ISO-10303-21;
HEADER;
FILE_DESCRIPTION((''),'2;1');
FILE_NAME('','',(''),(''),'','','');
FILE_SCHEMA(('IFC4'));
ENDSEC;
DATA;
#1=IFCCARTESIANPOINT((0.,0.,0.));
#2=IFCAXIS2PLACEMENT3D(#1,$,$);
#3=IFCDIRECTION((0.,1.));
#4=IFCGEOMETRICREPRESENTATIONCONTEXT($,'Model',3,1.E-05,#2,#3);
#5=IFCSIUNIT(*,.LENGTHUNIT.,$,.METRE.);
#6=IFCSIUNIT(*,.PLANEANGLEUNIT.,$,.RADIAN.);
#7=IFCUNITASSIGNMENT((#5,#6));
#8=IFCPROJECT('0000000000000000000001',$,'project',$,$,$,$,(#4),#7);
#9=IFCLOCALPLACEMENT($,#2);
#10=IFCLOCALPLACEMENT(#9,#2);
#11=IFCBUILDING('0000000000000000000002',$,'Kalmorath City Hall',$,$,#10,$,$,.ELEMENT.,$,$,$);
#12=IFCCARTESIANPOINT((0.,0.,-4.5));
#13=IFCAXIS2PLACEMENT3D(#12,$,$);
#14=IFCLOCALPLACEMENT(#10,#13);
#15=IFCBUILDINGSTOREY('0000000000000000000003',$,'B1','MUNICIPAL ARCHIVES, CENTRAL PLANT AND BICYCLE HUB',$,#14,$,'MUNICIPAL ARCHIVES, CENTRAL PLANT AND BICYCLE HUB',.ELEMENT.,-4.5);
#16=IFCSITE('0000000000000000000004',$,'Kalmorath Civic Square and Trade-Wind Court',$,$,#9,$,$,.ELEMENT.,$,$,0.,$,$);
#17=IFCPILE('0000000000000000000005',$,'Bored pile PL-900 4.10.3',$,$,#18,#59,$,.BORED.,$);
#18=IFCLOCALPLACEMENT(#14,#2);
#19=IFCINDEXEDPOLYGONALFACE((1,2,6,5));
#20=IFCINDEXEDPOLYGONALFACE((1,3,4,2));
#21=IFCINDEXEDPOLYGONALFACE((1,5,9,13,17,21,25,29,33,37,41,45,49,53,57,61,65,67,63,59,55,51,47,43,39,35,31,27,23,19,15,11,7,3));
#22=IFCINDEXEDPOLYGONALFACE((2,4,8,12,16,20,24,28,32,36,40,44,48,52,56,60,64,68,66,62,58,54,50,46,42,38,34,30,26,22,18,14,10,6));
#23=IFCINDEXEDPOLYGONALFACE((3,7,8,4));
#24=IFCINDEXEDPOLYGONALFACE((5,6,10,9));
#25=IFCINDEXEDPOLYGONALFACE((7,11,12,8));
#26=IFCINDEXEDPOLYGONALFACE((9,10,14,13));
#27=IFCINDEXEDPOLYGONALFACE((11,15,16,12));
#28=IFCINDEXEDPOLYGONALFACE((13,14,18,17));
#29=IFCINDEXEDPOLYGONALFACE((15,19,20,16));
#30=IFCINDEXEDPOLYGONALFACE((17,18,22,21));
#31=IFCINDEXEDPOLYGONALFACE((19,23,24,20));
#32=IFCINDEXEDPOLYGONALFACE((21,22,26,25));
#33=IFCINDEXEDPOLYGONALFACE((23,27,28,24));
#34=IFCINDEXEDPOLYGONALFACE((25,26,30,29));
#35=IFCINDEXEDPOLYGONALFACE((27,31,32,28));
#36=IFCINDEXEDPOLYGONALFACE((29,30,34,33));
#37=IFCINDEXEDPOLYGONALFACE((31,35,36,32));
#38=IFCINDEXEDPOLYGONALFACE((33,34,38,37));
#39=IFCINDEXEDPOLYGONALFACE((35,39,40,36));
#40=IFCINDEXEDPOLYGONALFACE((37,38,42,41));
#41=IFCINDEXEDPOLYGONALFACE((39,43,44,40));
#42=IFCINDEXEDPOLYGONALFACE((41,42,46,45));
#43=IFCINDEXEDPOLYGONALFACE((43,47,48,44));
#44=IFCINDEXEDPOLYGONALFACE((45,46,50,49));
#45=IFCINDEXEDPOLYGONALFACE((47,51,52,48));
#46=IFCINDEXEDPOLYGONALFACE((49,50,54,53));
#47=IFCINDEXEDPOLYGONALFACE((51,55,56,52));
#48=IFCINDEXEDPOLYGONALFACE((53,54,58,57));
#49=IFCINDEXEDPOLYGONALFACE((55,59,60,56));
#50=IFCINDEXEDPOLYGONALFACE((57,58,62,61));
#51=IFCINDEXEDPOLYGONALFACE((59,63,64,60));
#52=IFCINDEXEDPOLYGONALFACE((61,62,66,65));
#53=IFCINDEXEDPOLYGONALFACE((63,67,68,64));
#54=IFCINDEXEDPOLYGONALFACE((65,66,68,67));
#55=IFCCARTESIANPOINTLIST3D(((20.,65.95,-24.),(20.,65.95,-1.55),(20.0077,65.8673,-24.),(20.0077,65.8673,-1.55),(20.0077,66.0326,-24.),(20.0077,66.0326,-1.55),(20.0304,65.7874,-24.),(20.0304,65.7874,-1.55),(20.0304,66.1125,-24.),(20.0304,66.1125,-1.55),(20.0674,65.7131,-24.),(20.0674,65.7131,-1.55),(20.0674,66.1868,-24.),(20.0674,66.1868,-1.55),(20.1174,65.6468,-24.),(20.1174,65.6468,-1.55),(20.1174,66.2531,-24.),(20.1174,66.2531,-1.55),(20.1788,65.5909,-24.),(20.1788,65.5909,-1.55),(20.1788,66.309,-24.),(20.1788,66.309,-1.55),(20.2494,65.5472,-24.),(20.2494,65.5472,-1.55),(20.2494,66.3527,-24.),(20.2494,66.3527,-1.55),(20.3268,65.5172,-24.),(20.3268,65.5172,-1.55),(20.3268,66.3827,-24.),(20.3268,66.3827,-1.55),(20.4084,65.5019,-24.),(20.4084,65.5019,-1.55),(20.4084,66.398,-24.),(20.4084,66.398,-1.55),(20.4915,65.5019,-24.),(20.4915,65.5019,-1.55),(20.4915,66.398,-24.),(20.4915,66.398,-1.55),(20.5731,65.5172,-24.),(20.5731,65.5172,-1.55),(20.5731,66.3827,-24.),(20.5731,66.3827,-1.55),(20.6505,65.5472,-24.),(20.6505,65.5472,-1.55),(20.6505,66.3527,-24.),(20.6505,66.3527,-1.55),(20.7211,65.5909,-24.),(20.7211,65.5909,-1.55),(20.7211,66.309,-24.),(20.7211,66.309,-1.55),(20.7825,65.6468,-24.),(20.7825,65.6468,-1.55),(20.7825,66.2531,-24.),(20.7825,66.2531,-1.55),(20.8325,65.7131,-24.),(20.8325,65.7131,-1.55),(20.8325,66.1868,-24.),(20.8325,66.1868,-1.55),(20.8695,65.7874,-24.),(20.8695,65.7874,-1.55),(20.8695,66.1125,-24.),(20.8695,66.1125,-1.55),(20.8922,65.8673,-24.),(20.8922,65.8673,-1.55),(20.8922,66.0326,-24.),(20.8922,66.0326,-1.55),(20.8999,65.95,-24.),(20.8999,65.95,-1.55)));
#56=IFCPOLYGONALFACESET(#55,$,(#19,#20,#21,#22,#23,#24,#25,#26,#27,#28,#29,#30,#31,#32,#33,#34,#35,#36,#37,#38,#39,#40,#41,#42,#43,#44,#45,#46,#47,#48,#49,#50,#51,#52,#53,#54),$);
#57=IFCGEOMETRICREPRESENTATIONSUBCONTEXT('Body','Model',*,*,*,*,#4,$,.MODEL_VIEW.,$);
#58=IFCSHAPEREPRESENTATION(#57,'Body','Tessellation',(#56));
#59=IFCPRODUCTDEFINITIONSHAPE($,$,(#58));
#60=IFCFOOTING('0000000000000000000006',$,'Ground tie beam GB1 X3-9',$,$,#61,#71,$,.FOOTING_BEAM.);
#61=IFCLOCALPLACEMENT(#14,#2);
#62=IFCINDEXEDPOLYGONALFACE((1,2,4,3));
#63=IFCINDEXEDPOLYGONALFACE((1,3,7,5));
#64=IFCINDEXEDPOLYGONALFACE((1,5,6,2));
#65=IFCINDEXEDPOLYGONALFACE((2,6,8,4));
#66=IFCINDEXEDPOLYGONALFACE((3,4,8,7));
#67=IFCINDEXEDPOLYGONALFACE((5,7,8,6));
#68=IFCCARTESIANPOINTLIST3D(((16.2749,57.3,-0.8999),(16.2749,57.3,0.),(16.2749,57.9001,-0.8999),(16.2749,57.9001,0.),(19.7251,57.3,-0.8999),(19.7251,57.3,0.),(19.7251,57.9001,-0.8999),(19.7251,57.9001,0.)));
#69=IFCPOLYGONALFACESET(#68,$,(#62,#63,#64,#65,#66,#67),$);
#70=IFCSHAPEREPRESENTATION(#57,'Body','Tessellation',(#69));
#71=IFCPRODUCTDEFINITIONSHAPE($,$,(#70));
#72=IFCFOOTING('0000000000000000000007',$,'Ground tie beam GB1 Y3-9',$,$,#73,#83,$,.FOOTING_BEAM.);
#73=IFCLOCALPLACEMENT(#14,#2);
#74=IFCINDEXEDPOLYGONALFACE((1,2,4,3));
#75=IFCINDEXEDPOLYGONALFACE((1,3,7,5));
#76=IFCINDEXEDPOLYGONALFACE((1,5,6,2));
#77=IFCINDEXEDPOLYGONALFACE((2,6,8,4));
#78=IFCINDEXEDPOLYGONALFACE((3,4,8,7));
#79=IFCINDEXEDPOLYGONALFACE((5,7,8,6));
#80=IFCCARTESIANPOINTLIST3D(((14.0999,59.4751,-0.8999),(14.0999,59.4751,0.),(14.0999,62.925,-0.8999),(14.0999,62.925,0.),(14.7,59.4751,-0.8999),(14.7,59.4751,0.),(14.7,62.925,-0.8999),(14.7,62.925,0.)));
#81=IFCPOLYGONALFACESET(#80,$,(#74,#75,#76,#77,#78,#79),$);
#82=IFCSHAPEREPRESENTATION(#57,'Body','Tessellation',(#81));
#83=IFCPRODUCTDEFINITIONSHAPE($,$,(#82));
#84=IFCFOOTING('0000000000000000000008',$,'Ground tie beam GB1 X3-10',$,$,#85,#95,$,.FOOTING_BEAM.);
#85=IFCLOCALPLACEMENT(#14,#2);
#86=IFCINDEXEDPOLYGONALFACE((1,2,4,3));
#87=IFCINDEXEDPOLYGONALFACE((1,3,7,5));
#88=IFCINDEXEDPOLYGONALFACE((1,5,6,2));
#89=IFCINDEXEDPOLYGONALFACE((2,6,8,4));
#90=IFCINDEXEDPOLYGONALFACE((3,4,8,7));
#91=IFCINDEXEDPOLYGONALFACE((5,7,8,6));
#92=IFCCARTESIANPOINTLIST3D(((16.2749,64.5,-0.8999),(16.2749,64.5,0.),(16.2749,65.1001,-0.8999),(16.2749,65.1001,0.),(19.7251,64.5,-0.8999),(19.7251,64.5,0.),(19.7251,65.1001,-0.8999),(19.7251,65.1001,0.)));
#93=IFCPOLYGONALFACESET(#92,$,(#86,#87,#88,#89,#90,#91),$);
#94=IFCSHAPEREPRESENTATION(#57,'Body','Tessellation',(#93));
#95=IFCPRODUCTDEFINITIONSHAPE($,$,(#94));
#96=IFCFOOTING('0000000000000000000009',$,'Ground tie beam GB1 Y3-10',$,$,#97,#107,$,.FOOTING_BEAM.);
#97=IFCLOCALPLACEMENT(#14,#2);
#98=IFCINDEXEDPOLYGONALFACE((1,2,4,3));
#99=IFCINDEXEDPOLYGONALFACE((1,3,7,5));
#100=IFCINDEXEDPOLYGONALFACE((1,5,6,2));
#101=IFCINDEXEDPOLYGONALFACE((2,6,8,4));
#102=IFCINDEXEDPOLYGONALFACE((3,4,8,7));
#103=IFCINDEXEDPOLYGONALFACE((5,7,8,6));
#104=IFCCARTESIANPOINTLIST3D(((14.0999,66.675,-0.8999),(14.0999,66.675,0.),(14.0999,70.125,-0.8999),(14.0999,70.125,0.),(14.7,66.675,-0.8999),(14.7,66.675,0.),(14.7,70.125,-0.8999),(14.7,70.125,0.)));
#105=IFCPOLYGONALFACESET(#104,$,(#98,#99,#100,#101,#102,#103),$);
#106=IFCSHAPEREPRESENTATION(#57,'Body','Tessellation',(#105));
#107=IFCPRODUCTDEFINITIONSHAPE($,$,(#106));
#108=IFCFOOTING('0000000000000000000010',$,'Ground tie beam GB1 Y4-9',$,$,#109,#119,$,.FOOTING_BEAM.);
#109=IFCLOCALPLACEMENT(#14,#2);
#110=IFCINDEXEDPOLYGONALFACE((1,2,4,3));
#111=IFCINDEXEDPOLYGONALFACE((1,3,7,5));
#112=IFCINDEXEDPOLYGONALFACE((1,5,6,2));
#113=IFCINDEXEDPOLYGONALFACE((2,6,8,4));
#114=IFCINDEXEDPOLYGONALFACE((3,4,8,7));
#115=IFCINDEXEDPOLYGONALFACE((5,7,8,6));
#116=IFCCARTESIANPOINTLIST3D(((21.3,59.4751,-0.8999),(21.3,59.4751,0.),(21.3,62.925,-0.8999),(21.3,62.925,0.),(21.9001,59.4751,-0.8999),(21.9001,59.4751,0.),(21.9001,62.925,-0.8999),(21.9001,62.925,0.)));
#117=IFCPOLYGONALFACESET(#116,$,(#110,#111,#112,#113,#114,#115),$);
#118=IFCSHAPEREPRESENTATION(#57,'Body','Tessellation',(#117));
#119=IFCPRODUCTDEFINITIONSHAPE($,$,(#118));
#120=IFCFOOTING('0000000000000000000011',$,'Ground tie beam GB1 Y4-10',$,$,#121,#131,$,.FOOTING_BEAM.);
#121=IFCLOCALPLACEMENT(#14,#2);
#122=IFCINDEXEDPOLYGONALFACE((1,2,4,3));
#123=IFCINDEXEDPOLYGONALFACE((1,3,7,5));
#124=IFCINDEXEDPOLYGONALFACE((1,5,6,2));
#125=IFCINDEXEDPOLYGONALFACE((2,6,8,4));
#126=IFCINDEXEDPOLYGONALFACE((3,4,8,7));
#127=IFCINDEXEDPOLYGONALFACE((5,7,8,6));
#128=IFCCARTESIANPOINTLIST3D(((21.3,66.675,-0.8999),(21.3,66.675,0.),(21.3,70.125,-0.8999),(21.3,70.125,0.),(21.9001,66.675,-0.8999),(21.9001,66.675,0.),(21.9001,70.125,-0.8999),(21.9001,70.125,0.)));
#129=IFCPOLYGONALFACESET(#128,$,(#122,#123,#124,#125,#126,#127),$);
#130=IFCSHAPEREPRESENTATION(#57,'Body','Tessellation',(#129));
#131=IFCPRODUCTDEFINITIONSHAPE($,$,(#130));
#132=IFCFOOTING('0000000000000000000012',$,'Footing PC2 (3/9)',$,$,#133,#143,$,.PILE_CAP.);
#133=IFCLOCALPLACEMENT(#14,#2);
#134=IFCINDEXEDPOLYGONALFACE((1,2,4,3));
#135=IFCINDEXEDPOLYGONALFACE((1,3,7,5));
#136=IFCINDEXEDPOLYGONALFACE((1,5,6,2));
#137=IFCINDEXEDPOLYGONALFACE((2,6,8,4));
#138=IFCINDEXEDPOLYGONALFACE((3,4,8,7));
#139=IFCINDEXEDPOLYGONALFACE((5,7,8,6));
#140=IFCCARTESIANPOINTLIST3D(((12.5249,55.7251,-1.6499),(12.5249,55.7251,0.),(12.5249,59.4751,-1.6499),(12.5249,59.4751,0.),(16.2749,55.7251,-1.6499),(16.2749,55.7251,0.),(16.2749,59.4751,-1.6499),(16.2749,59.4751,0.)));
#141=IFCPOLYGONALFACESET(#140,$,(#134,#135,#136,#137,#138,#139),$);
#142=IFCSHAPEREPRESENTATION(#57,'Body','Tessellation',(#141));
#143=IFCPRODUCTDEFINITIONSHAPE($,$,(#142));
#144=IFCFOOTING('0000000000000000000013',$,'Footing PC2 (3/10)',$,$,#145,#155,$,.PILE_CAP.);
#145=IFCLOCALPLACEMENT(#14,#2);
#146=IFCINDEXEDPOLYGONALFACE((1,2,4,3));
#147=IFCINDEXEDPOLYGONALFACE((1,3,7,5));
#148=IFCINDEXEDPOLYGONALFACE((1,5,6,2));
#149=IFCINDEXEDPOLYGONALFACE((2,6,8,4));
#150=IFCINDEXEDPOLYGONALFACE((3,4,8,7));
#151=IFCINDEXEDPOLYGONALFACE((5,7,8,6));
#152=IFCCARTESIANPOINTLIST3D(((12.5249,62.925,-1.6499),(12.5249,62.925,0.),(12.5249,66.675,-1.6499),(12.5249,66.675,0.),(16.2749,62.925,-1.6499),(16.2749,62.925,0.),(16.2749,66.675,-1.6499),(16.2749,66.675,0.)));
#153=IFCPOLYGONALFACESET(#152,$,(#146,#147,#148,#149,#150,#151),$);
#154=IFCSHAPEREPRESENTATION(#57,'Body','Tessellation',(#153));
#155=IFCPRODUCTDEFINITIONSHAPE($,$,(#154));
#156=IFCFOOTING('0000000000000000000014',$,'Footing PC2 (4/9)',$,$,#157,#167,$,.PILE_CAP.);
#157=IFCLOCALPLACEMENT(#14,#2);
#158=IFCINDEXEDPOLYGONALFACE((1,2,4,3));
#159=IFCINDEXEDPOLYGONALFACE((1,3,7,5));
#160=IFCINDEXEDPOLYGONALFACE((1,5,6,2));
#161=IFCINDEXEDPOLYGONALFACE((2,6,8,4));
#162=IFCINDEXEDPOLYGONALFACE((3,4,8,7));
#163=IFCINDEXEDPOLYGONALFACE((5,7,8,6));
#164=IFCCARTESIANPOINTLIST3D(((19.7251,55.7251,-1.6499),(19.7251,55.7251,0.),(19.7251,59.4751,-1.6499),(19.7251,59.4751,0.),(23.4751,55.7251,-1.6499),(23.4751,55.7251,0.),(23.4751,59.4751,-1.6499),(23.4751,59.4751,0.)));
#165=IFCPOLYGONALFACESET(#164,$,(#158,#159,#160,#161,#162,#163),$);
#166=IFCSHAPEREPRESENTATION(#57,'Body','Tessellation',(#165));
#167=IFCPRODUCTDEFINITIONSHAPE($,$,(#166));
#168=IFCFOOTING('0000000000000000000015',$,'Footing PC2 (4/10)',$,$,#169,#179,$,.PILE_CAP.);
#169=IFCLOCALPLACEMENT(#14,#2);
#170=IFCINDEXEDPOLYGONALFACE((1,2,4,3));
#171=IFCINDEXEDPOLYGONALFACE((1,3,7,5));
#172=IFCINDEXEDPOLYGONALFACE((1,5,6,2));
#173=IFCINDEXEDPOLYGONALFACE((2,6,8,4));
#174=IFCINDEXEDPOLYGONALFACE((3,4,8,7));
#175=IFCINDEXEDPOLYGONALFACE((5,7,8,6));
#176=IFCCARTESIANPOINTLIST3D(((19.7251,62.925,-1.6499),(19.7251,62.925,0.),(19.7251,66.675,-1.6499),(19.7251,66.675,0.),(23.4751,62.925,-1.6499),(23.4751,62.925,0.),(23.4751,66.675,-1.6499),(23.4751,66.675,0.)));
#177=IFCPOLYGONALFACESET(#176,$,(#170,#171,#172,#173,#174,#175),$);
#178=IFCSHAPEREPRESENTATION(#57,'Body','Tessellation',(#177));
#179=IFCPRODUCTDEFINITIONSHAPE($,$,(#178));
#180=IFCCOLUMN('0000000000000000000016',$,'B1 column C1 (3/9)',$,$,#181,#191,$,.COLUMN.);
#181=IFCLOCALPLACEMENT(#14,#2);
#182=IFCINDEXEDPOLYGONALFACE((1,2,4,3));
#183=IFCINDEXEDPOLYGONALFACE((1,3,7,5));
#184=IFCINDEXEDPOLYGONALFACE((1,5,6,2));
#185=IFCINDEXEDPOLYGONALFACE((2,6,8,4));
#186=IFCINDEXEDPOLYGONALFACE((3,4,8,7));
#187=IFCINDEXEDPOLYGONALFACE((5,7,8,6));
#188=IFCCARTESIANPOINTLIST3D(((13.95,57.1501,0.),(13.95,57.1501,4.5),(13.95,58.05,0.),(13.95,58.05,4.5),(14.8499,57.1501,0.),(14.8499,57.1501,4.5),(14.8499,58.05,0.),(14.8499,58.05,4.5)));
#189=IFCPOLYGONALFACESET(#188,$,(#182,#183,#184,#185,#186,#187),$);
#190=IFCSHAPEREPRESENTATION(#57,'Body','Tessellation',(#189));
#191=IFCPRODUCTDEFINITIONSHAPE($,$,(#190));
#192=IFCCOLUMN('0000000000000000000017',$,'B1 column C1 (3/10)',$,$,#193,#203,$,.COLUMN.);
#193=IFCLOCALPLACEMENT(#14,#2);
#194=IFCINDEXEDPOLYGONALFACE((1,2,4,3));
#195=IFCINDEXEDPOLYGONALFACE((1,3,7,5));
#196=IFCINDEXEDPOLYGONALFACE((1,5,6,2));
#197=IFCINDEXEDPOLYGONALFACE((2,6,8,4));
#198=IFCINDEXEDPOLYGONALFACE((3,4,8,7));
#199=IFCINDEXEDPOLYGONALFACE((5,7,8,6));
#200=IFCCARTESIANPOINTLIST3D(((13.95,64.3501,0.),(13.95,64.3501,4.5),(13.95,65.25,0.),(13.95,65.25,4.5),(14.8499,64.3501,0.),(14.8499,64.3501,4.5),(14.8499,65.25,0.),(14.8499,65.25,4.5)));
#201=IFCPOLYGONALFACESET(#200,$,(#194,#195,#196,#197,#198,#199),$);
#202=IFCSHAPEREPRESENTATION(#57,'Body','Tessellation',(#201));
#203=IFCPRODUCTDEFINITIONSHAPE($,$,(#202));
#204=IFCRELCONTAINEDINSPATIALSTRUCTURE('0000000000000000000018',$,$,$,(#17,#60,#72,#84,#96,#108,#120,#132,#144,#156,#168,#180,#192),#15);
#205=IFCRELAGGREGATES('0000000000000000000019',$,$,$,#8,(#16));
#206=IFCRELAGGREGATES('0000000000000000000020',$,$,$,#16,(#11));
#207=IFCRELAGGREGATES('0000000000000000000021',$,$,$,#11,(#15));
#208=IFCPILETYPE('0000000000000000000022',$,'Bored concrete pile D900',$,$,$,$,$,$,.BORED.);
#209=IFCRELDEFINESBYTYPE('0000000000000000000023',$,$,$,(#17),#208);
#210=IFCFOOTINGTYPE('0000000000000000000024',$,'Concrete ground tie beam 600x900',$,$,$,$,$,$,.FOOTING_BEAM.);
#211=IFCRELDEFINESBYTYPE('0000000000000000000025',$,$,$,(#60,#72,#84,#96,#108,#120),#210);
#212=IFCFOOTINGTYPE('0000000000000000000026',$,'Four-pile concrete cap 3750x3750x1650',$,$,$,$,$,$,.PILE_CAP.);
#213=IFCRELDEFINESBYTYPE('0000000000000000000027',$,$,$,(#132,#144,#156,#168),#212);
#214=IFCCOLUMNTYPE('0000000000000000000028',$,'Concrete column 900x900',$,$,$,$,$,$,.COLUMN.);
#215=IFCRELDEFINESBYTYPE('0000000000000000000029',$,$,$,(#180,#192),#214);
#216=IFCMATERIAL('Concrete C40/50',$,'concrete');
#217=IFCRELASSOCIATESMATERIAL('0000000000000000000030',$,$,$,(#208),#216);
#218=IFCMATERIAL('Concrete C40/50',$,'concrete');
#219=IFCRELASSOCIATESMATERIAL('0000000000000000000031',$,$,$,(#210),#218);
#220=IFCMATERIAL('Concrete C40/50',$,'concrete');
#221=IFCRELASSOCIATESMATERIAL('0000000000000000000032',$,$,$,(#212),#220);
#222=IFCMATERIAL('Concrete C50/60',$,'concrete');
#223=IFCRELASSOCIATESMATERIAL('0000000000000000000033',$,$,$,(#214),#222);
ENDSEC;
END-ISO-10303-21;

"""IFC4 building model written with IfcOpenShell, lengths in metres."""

from ifc_helpers import new_model, si_unit, direction, frame, origin, origin_2d, place, context, subcontext, project, spatial, rectangle, circle, extrude, material, material_profile, profile_set, type_object, element, save


model = new_model("IFC4")

# Units and contexts
model_context = context("Model", 3, precision=1e-05, world=origin(), true_north=direction((0.0, 1.0)))
body_context = subcontext(model_context, "Body", "Model", "MODEL_VIEW")
ifc_project = project(units=[si_unit("LENGTHUNIT", "METRE"), si_unit("PLANEANGLEUNIT", "RADIAN")], contexts=[model_context])

# Site, building, storey
site_placement = place(None, origin())
site = spatial("IfcSite", under=ifc_project, at=site_placement, Name="Kalmorath Civic Square and Trade-Wind Court", CompositionType="ELEMENT", RefElevation=0.0)
building_placement = place(site_placement, origin())
building = spatial("IfcBuilding", under=site, at=building_placement, Name="Kalmorath City Hall", CompositionType="ELEMENT")
storey_placement = place(building_placement, frame((0.0, 0.0, -4.5)))
storey = spatial("IfcBuildingStorey", under=building, at=storey_placement, Name="B1", Description="MUNICIPAL ARCHIVES, CENTRAL PLANT AND BICYCLE HUB", LongName="MUNICIPAL ARCHIVES, CENTRAL PLANT AND BICYCLE HUB", CompositionType="ELEMENT", Elevation=-4.5)

# Pile
ifc_material_1 = material(Name="Concrete C40/50", Category="concrete")
ifc_material_profile_1 = material_profile(ifc_material_1, circle(Radius=0.45, at=origin_2d()), Name="PILE-D900")
ifc_profile_set_1 = profile_set([ifc_material_profile_1], Name="Concrete C40/50")
pile_type = type_object("IfcPileType", Name="Bored concrete pile D900", PredefinedType="BORED", material=ifc_profile_set_1)
for number, where, z_axis, x_axis, name in (
    (1, (20.45, 65.95, -1.55), (0.0, 0.0, -1.0), (1.0, 0.0, 0.0), "Bored pile PL-900 4.10.3"),
):
    element("IfcPile", number, at=place(storey_placement, frame(where, z_axis=z_axis, x_axis=x_axis)), inside=storey, type_object=pile_type, Name=name, PredefinedType="BORED", context=body_context, shape_type="SweptSolid", body=[
        extrude(circle(Radius=0.45, at=origin_2d()), origin(), (0.0, 0.0, 1.0), 22.45),
    ])

# Footings
ifc_material_2 = material(Name="Concrete C40/50", Category="concrete")
ifc_material_profile_2 = material_profile(ifc_material_2, rectangle(XDim=0.6001, YDim=0.8999, at=origin_2d()), Name="RC-BM-600X900")
ifc_profile_set_2 = profile_set([ifc_material_profile_2], Name="Concrete C40/50")
footing_type_1 = type_object("IfcFootingType", Name="Concrete ground tie beam 600x900", PredefinedType="FOOTING_BEAM", material=ifc_profile_set_2)
footing_1_placement = place(storey_placement, frame((16.2749, 57.6001, -0.45), z_axis=(1.0, 0.0, 0.0), x_axis=(0.0, 1.0, 0.0)))
element("IfcFooting", 2, at=footing_1_placement, inside=storey, type_object=footing_type_1, Name="Ground tie beam GB1 X3-9", PredefinedType="FOOTING_BEAM", context=body_context, shape_type="SweptSolid", body=[
    extrude(rectangle(XDim=0.6001, YDim=0.8999, at=origin_2d()), origin(), (0.0, 0.0, 1.0), 3.4502),
])
footing_2_placement = place(storey_placement, frame((14.3999, 59.4751, -0.45), z_axis=(0.0, 1.0, 0.0), x_axis=(-1.0, 0.0, 0.0)))
element("IfcFooting", 3, at=footing_2_placement, inside=storey, type_object=footing_type_1, Name="Ground tie beam GB1 Y3-9", PredefinedType="FOOTING_BEAM", context=body_context, shape_type="SweptSolid", body=[
    extrude(rectangle(XDim=0.6001, YDim=0.8999, at=origin_2d()), origin(), (0.0, 0.0, 1.0), 3.45),
])
footing_3_placement = place(storey_placement, frame((16.2749, 64.8, -0.45), z_axis=(1.0, 0.0, 0.0), x_axis=(0.0, 1.0, 0.0)))
element("IfcFooting", 4, at=footing_3_placement, inside=storey, type_object=footing_type_1, Name="Ground tie beam GB1 X3-10", PredefinedType="FOOTING_BEAM", context=body_context, shape_type="SweptSolid", body=[
    extrude(rectangle(XDim=0.6001, YDim=0.8999, at=origin_2d()), origin(), (0.0, 0.0, 1.0), 3.4502),
])
for number, where, z_axis, x_axis, name in (
    (5, (14.3999, 66.675, -0.45), (0.0, 1.0, 0.0), (-1.0, 0.0, 0.0), "Ground tie beam GB1 Y3-10"),
    (6, (21.6001, 59.4751, -0.45), (0.0, 1.0, 0.0), (-1.0, 0.0, 0.0), "Ground tie beam GB1 Y4-9"),
    (7, (21.6001, 66.675, -0.45), (0.0, 1.0, 0.0), (-1.0, 0.0, 0.0), "Ground tie beam GB1 Y4-10"),
):
    element("IfcFooting", number, at=place(storey_placement, frame(where, z_axis=z_axis, x_axis=x_axis)), inside=storey, type_object=footing_type_1, Name=name, PredefinedType="FOOTING_BEAM", context=body_context, shape_type="SweptSolid", body=[
        extrude(rectangle(XDim=0.6001, YDim=0.8999, at=origin_2d()), origin(), (0.0, 0.0, 1.0), 3.45),
    ])
ifc_material_3 = material(Name="Concrete C40/50", Category="concrete")
footing_type_2 = type_object("IfcFootingType", Name="Four-pile concrete cap 3750x3750x1650", PredefinedType="PILE_CAP", material=ifc_material_3)
for number, where, z_axis, x_axis, name in (
    (8, (14.3999, 57.6001, -1.6499), (0.0, 0.0, 1.0), (1.0, 0.0, 0.0), "Footing PC2 (3/9)"),
    (9, (14.3999, 64.8, -1.6499), (0.0, 0.0, 1.0), (1.0, 0.0, 0.0), "Footing PC2 (3/10)"),
    (10, (21.6001, 57.6001, -1.6499), (0.0, 0.0, 1.0), (1.0, 0.0, 0.0), "Footing PC2 (4/9)"),
    (11, (21.6001, 64.8, -1.6499), (0.0, 0.0, 1.0), (1.0, 0.0, 0.0), "Footing PC2 (4/10)"),
):
    element("IfcFooting", number, at=place(storey_placement, frame(where, z_axis=z_axis, x_axis=x_axis)), inside=storey, type_object=footing_type_2, Name=name, PredefinedType="PILE_CAP", context=body_context, shape_type="SweptSolid", body=[
        extrude(rectangle(XDim=3.75, YDim=3.75, at=origin_2d()), origin(), (0.0, 0.0, 1.0), 1.6499),
    ])

# Columns
ifc_material_4 = material(Name="Concrete C50/60", Category="concrete")
ifc_material_profile_3 = material_profile(ifc_material_4, rectangle(XDim=0.8999, YDim=0.8999, at=origin_2d()), Name="RC-COL-900X900")
ifc_profile_set_3 = profile_set([ifc_material_profile_3], Name="Concrete C50/60")
column_type = type_object("IfcColumnType", Name="Concrete column 900x900", PredefinedType="COLUMN", material=ifc_profile_set_3)
for number, where, z_axis, x_axis, name in (
    (12, (14.3999, 57.6001, 0.0), (0.0, 0.0, 1.0), (1.0, 0.0, 0.0), "B1 column C1 (3/9)"),
    (13, (14.3999, 64.8, 0.0), (0.0, 0.0, 1.0), (1.0, 0.0, 0.0), "B1 column C1 (3/10)"),
):
    element("IfcColumn", number, at=place(storey_placement, frame(where, z_axis=z_axis, x_axis=x_axis)), inside=storey, type_object=column_type, Name=name, PredefinedType="COLUMN", context=body_context, shape_type="SweptSolid", body=[
        extrude(rectangle(XDim=0.8999, YDim=0.8999, at=origin_2d()), origin(), (0.0, 0.0, 1.0), 4.5),
    ])

save(model, "model.ifc")
